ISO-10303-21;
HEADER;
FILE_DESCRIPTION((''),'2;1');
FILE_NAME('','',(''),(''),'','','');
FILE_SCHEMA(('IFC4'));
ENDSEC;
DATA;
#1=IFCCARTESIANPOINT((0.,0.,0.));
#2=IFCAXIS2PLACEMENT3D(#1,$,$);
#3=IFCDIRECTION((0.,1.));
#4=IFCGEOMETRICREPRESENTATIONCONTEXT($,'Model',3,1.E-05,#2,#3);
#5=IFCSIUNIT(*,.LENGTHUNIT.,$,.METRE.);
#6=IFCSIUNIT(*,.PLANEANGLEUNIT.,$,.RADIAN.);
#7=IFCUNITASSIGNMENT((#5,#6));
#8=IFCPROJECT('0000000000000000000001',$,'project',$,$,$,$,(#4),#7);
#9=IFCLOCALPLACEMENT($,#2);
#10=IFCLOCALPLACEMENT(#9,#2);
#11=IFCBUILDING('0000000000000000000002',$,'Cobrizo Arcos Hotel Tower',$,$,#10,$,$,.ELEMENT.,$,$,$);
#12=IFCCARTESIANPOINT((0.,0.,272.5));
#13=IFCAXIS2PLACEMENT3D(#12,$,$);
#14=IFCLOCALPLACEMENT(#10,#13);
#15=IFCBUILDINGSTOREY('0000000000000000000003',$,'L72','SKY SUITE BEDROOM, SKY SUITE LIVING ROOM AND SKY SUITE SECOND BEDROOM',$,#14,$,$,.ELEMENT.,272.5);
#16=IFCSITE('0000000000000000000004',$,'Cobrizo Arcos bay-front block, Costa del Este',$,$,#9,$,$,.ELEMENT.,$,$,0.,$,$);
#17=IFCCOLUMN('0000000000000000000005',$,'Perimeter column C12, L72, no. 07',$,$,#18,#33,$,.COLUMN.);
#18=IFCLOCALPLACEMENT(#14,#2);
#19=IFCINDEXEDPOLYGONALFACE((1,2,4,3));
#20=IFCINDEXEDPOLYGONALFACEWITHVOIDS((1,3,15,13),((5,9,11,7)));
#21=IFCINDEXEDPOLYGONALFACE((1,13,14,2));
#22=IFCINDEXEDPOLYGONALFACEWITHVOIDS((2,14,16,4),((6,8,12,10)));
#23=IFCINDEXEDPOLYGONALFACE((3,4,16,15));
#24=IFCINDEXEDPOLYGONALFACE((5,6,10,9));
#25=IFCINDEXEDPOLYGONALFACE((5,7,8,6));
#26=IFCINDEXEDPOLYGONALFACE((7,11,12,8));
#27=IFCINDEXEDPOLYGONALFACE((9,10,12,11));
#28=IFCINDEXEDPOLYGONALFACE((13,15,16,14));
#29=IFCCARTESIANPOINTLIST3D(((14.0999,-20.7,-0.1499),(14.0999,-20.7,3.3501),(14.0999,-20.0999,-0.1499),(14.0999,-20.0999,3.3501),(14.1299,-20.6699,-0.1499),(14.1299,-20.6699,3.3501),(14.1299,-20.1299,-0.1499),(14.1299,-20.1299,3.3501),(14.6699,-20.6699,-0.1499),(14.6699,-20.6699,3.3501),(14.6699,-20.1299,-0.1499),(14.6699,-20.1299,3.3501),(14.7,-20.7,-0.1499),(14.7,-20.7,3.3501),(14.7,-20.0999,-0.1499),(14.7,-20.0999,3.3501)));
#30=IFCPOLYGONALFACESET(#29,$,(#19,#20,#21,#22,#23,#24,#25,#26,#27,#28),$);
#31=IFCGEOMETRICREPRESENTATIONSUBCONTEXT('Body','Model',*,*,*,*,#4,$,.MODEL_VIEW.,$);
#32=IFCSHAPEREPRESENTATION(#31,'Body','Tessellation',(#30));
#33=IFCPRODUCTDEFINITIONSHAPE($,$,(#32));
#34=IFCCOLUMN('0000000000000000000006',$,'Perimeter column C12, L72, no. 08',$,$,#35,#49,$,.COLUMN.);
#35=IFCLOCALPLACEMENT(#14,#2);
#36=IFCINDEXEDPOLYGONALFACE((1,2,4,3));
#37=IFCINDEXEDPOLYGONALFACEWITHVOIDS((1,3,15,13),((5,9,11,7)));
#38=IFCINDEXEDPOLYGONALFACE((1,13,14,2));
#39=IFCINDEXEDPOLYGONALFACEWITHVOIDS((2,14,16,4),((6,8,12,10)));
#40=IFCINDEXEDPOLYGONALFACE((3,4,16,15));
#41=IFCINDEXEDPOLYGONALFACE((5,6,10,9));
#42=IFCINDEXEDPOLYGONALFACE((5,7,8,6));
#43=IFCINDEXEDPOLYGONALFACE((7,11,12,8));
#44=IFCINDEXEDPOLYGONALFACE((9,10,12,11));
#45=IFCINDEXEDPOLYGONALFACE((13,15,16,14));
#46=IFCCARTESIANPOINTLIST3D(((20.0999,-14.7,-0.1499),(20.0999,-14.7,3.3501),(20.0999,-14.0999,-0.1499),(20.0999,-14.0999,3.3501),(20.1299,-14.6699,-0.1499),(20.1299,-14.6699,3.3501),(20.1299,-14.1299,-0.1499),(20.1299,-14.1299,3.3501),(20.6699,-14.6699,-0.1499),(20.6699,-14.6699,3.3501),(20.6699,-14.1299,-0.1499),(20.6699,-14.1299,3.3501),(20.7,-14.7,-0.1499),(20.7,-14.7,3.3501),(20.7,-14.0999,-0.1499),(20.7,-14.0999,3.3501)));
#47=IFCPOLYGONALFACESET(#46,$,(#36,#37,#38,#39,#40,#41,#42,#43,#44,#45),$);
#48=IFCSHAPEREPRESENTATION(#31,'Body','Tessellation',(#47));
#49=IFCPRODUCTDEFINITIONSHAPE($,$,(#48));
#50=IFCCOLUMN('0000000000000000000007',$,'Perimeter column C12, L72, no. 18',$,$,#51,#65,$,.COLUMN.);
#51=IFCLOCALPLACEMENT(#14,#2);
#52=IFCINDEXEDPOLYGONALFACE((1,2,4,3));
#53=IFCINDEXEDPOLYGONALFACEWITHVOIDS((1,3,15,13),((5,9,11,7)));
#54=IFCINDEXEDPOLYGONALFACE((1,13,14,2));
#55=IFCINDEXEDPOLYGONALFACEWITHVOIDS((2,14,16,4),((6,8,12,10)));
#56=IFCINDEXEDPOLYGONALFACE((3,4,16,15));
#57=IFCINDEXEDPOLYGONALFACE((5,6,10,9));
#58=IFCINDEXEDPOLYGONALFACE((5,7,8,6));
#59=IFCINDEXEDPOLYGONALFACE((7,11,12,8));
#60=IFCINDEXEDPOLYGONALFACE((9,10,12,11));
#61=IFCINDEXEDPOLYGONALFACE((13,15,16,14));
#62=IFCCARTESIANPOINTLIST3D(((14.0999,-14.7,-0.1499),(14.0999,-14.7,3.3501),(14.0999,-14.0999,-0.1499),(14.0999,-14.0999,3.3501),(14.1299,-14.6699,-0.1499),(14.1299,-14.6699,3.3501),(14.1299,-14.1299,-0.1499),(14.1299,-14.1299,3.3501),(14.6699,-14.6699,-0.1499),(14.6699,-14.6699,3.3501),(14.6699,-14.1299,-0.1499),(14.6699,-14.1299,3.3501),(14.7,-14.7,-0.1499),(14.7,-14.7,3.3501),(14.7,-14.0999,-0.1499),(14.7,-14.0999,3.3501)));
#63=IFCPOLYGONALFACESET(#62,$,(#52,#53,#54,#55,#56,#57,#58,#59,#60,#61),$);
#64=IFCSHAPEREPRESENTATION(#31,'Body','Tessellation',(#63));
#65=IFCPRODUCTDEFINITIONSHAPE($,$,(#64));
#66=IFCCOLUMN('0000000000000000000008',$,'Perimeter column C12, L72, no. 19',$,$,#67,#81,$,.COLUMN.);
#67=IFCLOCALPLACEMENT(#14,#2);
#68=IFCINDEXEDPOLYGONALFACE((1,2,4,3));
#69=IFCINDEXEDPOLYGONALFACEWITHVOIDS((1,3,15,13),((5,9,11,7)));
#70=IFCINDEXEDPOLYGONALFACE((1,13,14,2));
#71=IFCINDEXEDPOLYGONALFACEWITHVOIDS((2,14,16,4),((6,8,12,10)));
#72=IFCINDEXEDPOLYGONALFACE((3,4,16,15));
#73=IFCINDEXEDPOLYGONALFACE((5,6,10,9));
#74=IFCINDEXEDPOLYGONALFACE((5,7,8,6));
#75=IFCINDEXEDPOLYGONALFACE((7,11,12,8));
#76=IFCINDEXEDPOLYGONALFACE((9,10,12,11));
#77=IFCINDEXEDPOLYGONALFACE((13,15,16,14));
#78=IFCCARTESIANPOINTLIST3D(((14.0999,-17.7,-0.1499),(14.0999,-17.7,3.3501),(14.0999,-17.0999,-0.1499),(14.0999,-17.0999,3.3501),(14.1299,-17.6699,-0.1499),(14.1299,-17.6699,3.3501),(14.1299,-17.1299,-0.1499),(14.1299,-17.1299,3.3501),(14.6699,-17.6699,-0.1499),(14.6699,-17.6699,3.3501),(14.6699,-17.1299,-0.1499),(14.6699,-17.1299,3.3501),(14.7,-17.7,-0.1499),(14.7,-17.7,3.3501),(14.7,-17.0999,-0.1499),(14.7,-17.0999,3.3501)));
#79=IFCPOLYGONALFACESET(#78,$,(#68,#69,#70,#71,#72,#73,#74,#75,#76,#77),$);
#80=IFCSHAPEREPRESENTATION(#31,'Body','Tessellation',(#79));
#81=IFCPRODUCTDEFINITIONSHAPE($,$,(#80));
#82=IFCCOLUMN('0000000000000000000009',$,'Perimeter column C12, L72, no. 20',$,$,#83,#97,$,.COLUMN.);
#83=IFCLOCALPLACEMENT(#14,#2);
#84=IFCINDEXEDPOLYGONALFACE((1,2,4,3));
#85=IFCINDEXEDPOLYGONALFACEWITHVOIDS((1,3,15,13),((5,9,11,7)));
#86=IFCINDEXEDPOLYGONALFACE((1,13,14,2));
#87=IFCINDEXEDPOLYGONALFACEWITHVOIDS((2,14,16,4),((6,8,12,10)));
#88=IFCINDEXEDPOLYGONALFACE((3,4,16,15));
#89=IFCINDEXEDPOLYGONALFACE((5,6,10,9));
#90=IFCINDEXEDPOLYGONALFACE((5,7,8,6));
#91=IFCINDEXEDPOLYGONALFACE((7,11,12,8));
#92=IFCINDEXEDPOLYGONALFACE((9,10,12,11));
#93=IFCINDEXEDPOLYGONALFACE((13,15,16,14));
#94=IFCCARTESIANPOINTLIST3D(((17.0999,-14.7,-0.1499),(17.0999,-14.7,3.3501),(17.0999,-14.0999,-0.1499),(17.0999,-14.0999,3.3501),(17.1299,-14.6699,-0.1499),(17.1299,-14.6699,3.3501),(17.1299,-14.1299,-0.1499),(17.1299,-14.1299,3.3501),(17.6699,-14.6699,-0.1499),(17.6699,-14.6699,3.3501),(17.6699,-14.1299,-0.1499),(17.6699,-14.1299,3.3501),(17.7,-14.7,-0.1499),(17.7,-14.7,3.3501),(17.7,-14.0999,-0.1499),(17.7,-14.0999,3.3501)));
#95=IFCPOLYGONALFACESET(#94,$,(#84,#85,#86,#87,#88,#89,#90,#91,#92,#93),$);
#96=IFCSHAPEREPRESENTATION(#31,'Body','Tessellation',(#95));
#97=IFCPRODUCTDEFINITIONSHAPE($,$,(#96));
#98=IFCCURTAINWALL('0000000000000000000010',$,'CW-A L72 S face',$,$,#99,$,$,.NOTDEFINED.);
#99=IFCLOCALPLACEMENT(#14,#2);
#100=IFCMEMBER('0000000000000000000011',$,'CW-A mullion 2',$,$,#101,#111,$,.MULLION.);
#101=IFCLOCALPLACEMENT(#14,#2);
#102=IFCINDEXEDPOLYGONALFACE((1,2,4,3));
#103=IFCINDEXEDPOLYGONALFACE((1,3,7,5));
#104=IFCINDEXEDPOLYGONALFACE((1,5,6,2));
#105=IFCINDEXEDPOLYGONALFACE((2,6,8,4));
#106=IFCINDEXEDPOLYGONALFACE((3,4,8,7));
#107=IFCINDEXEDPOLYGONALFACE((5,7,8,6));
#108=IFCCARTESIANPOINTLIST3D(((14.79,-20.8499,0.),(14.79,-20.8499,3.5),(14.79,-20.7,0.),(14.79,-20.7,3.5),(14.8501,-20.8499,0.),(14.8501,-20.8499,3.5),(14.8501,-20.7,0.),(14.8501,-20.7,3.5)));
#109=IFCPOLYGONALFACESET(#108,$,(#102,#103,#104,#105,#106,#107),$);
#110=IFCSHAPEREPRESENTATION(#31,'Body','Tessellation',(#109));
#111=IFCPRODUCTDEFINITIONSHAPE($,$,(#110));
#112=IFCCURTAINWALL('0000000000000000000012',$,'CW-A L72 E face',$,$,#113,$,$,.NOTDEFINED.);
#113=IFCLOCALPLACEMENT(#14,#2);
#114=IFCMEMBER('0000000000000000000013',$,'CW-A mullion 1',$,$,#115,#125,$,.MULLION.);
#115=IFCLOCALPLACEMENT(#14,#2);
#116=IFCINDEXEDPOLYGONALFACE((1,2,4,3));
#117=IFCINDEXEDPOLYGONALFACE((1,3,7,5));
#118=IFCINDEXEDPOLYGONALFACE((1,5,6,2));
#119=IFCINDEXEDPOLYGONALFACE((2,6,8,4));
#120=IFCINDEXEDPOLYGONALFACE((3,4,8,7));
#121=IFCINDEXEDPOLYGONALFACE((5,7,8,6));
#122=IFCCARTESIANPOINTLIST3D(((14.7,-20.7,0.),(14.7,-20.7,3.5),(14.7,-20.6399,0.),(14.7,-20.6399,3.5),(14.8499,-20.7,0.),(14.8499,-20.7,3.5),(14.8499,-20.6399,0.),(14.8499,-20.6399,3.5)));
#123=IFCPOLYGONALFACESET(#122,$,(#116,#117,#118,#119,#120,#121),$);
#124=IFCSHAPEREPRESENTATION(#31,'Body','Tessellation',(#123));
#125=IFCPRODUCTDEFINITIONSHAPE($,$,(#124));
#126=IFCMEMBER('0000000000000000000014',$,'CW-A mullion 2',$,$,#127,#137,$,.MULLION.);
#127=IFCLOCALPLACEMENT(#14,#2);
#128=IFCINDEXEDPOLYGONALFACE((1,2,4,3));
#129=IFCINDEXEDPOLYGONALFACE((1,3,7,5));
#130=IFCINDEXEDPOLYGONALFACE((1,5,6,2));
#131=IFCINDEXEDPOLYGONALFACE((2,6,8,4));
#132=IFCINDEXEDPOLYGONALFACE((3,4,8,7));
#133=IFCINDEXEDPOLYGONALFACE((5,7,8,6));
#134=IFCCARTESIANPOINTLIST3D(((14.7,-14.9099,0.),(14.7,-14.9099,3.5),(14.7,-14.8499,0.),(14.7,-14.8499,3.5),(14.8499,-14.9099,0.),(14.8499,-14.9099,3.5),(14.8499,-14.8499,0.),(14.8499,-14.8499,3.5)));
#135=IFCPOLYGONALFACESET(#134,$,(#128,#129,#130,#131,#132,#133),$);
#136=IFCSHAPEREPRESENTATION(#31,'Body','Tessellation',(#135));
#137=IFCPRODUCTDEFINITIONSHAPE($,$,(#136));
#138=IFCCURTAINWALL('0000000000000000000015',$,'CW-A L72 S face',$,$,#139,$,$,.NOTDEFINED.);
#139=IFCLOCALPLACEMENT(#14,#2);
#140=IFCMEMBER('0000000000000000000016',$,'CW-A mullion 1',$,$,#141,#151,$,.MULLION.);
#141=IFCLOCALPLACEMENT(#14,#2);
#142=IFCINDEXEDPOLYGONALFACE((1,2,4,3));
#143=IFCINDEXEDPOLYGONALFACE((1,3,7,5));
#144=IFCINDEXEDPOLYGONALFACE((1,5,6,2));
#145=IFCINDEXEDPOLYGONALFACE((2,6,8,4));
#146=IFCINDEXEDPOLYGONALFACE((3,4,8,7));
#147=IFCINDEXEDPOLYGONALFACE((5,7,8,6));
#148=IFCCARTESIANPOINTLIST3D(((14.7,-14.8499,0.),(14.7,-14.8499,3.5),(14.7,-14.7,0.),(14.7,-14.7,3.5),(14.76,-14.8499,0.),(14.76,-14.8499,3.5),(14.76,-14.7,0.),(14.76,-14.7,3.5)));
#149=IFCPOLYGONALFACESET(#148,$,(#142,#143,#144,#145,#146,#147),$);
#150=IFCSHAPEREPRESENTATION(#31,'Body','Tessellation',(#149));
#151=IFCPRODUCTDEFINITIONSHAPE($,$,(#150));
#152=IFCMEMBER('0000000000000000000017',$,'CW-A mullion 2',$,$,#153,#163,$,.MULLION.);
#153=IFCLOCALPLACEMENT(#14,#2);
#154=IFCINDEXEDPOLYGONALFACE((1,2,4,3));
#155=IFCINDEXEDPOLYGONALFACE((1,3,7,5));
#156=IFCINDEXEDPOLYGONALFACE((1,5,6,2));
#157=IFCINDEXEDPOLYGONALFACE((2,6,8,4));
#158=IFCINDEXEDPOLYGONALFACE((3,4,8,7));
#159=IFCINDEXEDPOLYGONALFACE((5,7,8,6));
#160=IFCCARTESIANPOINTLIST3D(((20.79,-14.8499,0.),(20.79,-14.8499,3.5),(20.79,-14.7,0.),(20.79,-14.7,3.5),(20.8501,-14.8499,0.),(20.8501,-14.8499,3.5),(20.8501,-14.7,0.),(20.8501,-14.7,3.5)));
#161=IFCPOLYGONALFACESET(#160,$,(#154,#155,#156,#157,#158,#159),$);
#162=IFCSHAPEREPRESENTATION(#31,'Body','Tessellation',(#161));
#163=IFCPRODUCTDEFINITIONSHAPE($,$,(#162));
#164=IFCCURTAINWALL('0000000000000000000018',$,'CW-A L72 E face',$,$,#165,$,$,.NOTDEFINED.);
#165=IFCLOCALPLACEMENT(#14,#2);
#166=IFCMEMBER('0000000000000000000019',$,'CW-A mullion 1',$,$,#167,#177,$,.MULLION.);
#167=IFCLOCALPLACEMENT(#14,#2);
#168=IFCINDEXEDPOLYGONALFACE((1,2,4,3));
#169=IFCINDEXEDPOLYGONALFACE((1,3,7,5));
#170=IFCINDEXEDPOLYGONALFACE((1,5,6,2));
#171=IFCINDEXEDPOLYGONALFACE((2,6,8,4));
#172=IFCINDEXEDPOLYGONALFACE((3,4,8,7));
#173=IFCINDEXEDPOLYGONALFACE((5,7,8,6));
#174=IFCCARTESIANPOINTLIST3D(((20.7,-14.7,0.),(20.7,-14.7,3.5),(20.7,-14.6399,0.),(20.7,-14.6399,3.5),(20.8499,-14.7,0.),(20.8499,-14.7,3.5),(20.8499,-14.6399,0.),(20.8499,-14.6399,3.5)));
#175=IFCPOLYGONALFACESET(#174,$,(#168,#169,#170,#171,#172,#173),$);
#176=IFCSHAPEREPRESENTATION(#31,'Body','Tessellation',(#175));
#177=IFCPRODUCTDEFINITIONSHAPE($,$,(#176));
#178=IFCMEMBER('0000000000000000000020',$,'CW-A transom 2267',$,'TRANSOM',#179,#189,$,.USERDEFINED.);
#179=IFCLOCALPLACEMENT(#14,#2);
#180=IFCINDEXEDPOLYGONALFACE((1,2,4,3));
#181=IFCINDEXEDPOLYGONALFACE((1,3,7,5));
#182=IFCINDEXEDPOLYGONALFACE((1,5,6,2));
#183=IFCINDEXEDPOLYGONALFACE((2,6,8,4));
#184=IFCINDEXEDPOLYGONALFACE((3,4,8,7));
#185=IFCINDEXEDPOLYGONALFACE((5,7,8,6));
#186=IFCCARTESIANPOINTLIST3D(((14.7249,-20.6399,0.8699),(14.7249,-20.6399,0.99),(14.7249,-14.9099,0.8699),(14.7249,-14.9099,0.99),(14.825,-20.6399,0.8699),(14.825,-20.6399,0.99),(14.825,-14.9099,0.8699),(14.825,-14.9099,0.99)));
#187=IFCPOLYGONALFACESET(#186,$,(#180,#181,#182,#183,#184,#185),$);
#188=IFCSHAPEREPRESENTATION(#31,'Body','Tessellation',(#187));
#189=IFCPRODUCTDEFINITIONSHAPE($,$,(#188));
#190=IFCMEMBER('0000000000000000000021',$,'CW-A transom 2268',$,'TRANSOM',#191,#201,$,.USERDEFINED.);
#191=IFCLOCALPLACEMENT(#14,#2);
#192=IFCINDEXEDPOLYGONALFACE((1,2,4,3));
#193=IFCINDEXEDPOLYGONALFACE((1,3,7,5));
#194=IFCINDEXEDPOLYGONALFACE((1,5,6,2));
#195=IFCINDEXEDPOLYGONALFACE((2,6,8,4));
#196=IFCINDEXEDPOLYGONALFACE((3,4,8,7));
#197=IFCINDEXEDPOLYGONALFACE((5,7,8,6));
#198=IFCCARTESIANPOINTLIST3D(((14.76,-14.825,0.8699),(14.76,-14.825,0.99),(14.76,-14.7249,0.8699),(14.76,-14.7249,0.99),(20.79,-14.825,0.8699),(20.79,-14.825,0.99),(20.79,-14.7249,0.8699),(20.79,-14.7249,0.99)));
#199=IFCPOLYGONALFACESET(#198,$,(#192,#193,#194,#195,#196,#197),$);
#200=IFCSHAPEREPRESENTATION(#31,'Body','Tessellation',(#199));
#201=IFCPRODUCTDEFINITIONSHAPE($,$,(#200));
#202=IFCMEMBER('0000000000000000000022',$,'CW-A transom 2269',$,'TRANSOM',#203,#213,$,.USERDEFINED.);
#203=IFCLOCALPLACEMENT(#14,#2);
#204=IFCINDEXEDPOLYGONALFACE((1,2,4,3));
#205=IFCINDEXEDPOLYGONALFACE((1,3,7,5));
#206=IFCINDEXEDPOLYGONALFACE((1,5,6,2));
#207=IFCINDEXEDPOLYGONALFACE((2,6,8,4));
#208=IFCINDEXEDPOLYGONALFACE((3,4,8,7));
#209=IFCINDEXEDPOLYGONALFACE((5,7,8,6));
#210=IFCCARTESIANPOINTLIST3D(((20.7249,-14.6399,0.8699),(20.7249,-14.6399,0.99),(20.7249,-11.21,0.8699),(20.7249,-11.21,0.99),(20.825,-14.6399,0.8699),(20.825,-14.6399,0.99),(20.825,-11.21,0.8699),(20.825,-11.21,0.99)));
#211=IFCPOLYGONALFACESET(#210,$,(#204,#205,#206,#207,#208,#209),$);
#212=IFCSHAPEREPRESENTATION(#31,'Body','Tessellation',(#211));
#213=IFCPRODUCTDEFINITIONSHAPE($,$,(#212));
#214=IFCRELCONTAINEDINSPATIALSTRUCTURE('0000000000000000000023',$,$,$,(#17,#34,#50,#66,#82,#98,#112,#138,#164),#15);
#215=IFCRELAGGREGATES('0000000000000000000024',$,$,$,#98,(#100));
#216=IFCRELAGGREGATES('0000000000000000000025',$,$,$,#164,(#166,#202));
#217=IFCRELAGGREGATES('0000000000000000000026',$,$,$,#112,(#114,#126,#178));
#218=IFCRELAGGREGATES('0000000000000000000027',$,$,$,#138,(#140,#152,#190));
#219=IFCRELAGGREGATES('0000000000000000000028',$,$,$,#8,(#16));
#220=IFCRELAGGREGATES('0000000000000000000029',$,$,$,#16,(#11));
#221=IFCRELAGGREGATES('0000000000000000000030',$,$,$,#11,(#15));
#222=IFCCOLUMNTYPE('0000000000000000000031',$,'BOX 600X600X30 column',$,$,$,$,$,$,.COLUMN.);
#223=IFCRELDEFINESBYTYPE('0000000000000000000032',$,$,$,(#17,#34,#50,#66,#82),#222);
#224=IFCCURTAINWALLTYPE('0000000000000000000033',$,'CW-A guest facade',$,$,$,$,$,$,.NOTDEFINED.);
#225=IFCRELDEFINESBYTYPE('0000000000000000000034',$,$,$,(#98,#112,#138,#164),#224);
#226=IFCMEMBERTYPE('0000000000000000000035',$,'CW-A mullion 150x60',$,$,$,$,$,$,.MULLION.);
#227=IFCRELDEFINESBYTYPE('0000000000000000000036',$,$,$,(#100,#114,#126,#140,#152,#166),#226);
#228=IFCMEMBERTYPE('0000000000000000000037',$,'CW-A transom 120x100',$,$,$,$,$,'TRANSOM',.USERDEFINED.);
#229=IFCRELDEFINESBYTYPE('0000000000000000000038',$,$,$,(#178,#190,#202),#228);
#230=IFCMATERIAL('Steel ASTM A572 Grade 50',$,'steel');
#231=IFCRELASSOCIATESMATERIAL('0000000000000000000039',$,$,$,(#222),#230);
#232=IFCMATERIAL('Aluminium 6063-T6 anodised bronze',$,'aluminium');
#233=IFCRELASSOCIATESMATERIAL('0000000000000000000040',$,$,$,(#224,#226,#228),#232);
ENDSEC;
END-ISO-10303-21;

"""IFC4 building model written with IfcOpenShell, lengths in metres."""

from ifc_helpers import new_model, si_unit, direction, frame, origin, origin_2d, place, context, subcontext, project, spatial, rectangle, hollow_rectangle, extrude, material, material_profile, profile_set, type_object, element, aggregate, save


model = new_model("IFC4")

# Units and contexts
model_context = context("Model", 3, precision=1e-05, world=origin(), true_north=direction((0.0, 1.0)))
body_context = subcontext(model_context, "Body", "Model", "MODEL_VIEW")
ifc_project = project(units=[si_unit("LENGTHUNIT", "METRE"), si_unit("PLANEANGLEUNIT", "RADIAN")], contexts=[model_context])

# Site, building, storey
site_placement = place(None, origin())
site = spatial("IfcSite", under=ifc_project, at=site_placement, Name="Cobrizo Arcos bay-front block, Costa del Este", CompositionType="ELEMENT", RefElevation=0.0)
building_placement = place(site_placement, origin())
building = spatial("IfcBuilding", under=site, at=building_placement, Name="Cobrizo Arcos Hotel Tower", CompositionType="ELEMENT")
storey_placement = place(building_placement, frame((0.0, 0.0, 272.5)))
storey = spatial("IfcBuildingStorey", under=building, at=storey_placement, Name="L72", Description="SKY SUITE BEDROOM, SKY SUITE LIVING ROOM AND SKY SUITE SECOND BEDROOM", CompositionType="ELEMENT", Elevation=272.5)

# Columns
ifc_material_1 = material(Name="Steel ASTM A572 Grade 50", Category="steel")
ifc_material_profile_1 = material_profile(ifc_material_1, hollow_rectangle(XDim=0.6001, YDim=0.6001, WallThickness=0.03, at=origin_2d()), Name="BOX 600X600X30")
ifc_profile_set_1 = profile_set([ifc_material_profile_1], Name="Steel ASTM A572 Grade 50")
column_type = type_object("IfcColumnType", Name="BOX 600X600X30 column", PredefinedType="COLUMN", material=ifc_profile_set_1)
for number, where, z_axis, x_axis, name in (
    (1, (14.3999, -20.3999, -0.1499), (0.0, 0.0, 1.0), (1.0, 0.0, 0.0), "Perimeter column C12, L72, no. 07"),
    (2, (20.3999, -14.3999, -0.1499), (0.0, 0.0, 1.0), (1.0, 0.0, 0.0), "Perimeter column C12, L72, no. 08"),
    (3, (14.3999, -14.3999, -0.1499), (0.0, 0.0, 1.0), (1.0, 0.0, 0.0), "Perimeter column C12, L72, no. 18"),
    (4, (14.3999, -17.3999, -0.1499), (0.0, 0.0, 1.0), (1.0, 0.0, 0.0), "Perimeter column C12, L72, no. 19"),
    (5, (17.3999, -14.3999, -0.1499), (0.0, 0.0, 1.0), (1.0, 0.0, 0.0), "Perimeter column C12, L72, no. 20"),
):
    element("IfcColumn", number, at=place(storey_placement, frame(where, z_axis=z_axis, x_axis=x_axis)), inside=storey, type_object=column_type, Name=name, PredefinedType="COLUMN", context=body_context, shape_type="SweptSolid", body=[
        extrude(hollow_rectangle(XDim=0.6001, YDim=0.6001, WallThickness=0.03, at=origin_2d()), origin(), (0.0, 0.0, 1.0), 3.5),
    ])

# Curtain wall, member
ifc_material_2 = material(Name="Aluminium 6063-T6 anodised bronze", Category="aluminium")
curtain_wall_type = type_object("IfcCurtainWallType", Name="CW-A guest facade", PredefinedType="NOTDEFINED", material=ifc_material_2)
curtain_wall_1_placement = place(storey_placement, origin())
curtain_wall_1 = element("IfcCurtainWall", 6, at=curtain_wall_1_placement, inside=storey, type_object=curtain_wall_type, Name="CW-A L72 S face", PredefinedType="NOTDEFINED")
ifc_material_profile_2 = material_profile(ifc_material_2, rectangle(XDim=0.1499, YDim=0.0601, at=origin_2d()), Name="CW-A mullion 150x60")
ifc_profile_set_2 = profile_set([ifc_material_profile_2], Name="Aluminium 6063-T6 anodised bronze")
member_type_1 = type_object("IfcMemberType", Name="CW-A mullion 150x60", PredefinedType="MULLION", material=ifc_profile_set_2)
member_1_placement = place(storey_placement, frame((14.8201, -20.7749, 0.0), z_axis=(0.0, 0.0, 1.0), x_axis=(0.0, -1.0, 0.0)))
member_1 = element("IfcMember", 7, at=member_1_placement, type_object=member_type_1, Name="CW-A mullion 2", PredefinedType="MULLION", context=body_context, shape_type="SweptSolid", body=[
    extrude(rectangle(XDim=0.1499, YDim=0.0601, at=origin_2d()), origin(), (0.0, 0.0, 1.0), 3.5),
])
aggregate(curtain_wall_1, [member_1])

# Curtain walls, members
curtain_wall_2_placement = place(storey_placement, origin())
curtain_wall_2 = element("IfcCurtainWall", 8, at=curtain_wall_2_placement, inside=storey, type_object=curtain_wall_type, Name="CW-A L72 E face", PredefinedType="NOTDEFINED")
member_2_placement = place(storey_placement, frame((14.7749, -20.6699, 0.0), z_axis=(0.0, 0.0, 1.0), x_axis=(1.0, 0.0, 0.0)))
member_2 = element("IfcMember", 9, at=member_2_placement, type_object=member_type_1, Name="CW-A mullion 1", PredefinedType="MULLION", context=body_context, shape_type="SweptSolid", body=[
    extrude(rectangle(XDim=0.1499, YDim=0.0601, at=origin_2d()), origin(), (0.0, 0.0, 1.0), 3.5),
])
member_3_placement = place(storey_placement, frame((14.7749, -14.8799, 0.0), z_axis=(0.0, 0.0, 1.0), x_axis=(1.0, 0.0, 0.0)))
member_3 = element("IfcMember", 10, at=member_3_placement, type_object=member_type_1, Name="CW-A mullion 2", PredefinedType="MULLION", context=body_context, shape_type="SweptSolid", body=[
    extrude(rectangle(XDim=0.1499, YDim=0.0601, at=origin_2d()), origin(), (0.0, 0.0, 1.0), 3.5),
])
curtain_wall_3_placement = place(storey_placement, origin())
curtain_wall_3 = element("IfcCurtainWall", 11, at=curtain_wall_3_placement, inside=storey, type_object=curtain_wall_type, Name="CW-A L72 S face", PredefinedType="NOTDEFINED")
member_4_placement = place(storey_placement, frame((14.73, -14.7749, 0.0), z_axis=(0.0, 0.0, 1.0), x_axis=(0.0, -1.0, 0.0)))
member_4 = element("IfcMember", 12, at=member_4_placement, type_object=member_type_1, Name="CW-A mullion 1", PredefinedType="MULLION", context=body_context, shape_type="SweptSolid", body=[
    extrude(rectangle(XDim=0.1499, YDim=0.0601, at=origin_2d()), origin(), (0.0, 0.0, 1.0), 3.5),
])
member_5_placement = place(storey_placement, frame((20.8201, -14.7749, 0.0), z_axis=(0.0, 0.0, 1.0), x_axis=(0.0, -1.0, 0.0)))
member_5 = element("IfcMember", 13, at=member_5_placement, type_object=member_type_1, Name="CW-A mullion 2", PredefinedType="MULLION", context=body_context, shape_type="SweptSolid", body=[
    extrude(rectangle(XDim=0.1499, YDim=0.0601, at=origin_2d()), origin(), (0.0, 0.0, 1.0), 3.5),
])

# Curtain wall, member
curtain_wall_4_placement = place(storey_placement, origin())
curtain_wall_4 = element("IfcCurtainWall", 14, at=curtain_wall_4_placement, inside=storey, type_object=curtain_wall_type, Name="CW-A L72 E face", PredefinedType="NOTDEFINED")
member_6_placement = place(storey_placement, frame((20.7749, -14.6699, 0.0), z_axis=(0.0, 0.0, 1.0), x_axis=(1.0, 0.0, 0.0)))
member_6 = element("IfcMember", 15, at=member_6_placement, type_object=member_type_1, Name="CW-A mullion 1", PredefinedType="MULLION", context=body_context, shape_type="SweptSolid", body=[
    extrude(rectangle(XDim=0.1499, YDim=0.0601, at=origin_2d()), origin(), (0.0, 0.0, 1.0), 3.5),
])

# Members
ifc_material_profile_3 = material_profile(ifc_material_2, rectangle(XDim=0.1001, YDim=0.1201, at=origin_2d()), Name="CW-A transom 120x100")
ifc_profile_set_3 = profile_set([ifc_material_profile_3], Name="Aluminium 6063-T6 anodised bronze")
member_type_2 = type_object("IfcMemberType", Name="CW-A transom 120x100", ElementType="TRANSOM", PredefinedType="USERDEFINED", material=ifc_profile_set_3)
member_7_placement = place(storey_placement, frame((14.7749, -20.6399, 0.9299), z_axis=(0.0, 1.0, 0.0), x_axis=(-1.0, 0.0, 0.0)))
member_7 = element("IfcMember", 16, at=member_7_placement, type_object=member_type_2, Name="CW-A transom 2267", ObjectType="TRANSOM", PredefinedType="USERDEFINED", context=body_context, shape_type="SweptSolid", body=[
    extrude(rectangle(XDim=0.1001, YDim=0.1201, at=origin_2d()), origin(), (0.0, 0.0, 1.0), 5.73),
])
member_8_placement = place(storey_placement, frame((14.76, -14.7749, 0.9299), z_axis=(1.0, 0.0, 0.0), x_axis=(0.0, 1.0, 0.0)))
member_8 = element("IfcMember", 17, at=member_8_placement, type_object=member_type_2, Name="CW-A transom 2268", ObjectType="TRANSOM", PredefinedType="USERDEFINED", context=body_context, shape_type="SweptSolid", body=[
    extrude(rectangle(XDim=0.1001, YDim=0.1201, at=origin_2d()), origin(), (0.0, 0.0, 1.0), 6.03),
])
member_9_placement = place(storey_placement, frame((20.7749, -14.6399, 0.9299), z_axis=(0.0, 1.0, 0.0), x_axis=(-1.0, 0.0, 0.0)))
member_9 = element("IfcMember", 18, at=member_9_placement, type_object=member_type_2, Name="CW-A transom 2269", ObjectType="TRANSOM", PredefinedType="USERDEFINED", context=body_context, shape_type="SweptSolid", body=[
    extrude(rectangle(XDim=0.1001, YDim=0.1201, at=origin_2d()), origin(), (0.0, 0.0, 1.0), 3.4299),
])
aggregate(curtain_wall_4, [member_6, member_9])

aggregate(curtain_wall_2, [member_2, member_3, member_7])
aggregate(curtain_wall_3, [member_4, member_5, member_8])

save(model, "model.ifc")
